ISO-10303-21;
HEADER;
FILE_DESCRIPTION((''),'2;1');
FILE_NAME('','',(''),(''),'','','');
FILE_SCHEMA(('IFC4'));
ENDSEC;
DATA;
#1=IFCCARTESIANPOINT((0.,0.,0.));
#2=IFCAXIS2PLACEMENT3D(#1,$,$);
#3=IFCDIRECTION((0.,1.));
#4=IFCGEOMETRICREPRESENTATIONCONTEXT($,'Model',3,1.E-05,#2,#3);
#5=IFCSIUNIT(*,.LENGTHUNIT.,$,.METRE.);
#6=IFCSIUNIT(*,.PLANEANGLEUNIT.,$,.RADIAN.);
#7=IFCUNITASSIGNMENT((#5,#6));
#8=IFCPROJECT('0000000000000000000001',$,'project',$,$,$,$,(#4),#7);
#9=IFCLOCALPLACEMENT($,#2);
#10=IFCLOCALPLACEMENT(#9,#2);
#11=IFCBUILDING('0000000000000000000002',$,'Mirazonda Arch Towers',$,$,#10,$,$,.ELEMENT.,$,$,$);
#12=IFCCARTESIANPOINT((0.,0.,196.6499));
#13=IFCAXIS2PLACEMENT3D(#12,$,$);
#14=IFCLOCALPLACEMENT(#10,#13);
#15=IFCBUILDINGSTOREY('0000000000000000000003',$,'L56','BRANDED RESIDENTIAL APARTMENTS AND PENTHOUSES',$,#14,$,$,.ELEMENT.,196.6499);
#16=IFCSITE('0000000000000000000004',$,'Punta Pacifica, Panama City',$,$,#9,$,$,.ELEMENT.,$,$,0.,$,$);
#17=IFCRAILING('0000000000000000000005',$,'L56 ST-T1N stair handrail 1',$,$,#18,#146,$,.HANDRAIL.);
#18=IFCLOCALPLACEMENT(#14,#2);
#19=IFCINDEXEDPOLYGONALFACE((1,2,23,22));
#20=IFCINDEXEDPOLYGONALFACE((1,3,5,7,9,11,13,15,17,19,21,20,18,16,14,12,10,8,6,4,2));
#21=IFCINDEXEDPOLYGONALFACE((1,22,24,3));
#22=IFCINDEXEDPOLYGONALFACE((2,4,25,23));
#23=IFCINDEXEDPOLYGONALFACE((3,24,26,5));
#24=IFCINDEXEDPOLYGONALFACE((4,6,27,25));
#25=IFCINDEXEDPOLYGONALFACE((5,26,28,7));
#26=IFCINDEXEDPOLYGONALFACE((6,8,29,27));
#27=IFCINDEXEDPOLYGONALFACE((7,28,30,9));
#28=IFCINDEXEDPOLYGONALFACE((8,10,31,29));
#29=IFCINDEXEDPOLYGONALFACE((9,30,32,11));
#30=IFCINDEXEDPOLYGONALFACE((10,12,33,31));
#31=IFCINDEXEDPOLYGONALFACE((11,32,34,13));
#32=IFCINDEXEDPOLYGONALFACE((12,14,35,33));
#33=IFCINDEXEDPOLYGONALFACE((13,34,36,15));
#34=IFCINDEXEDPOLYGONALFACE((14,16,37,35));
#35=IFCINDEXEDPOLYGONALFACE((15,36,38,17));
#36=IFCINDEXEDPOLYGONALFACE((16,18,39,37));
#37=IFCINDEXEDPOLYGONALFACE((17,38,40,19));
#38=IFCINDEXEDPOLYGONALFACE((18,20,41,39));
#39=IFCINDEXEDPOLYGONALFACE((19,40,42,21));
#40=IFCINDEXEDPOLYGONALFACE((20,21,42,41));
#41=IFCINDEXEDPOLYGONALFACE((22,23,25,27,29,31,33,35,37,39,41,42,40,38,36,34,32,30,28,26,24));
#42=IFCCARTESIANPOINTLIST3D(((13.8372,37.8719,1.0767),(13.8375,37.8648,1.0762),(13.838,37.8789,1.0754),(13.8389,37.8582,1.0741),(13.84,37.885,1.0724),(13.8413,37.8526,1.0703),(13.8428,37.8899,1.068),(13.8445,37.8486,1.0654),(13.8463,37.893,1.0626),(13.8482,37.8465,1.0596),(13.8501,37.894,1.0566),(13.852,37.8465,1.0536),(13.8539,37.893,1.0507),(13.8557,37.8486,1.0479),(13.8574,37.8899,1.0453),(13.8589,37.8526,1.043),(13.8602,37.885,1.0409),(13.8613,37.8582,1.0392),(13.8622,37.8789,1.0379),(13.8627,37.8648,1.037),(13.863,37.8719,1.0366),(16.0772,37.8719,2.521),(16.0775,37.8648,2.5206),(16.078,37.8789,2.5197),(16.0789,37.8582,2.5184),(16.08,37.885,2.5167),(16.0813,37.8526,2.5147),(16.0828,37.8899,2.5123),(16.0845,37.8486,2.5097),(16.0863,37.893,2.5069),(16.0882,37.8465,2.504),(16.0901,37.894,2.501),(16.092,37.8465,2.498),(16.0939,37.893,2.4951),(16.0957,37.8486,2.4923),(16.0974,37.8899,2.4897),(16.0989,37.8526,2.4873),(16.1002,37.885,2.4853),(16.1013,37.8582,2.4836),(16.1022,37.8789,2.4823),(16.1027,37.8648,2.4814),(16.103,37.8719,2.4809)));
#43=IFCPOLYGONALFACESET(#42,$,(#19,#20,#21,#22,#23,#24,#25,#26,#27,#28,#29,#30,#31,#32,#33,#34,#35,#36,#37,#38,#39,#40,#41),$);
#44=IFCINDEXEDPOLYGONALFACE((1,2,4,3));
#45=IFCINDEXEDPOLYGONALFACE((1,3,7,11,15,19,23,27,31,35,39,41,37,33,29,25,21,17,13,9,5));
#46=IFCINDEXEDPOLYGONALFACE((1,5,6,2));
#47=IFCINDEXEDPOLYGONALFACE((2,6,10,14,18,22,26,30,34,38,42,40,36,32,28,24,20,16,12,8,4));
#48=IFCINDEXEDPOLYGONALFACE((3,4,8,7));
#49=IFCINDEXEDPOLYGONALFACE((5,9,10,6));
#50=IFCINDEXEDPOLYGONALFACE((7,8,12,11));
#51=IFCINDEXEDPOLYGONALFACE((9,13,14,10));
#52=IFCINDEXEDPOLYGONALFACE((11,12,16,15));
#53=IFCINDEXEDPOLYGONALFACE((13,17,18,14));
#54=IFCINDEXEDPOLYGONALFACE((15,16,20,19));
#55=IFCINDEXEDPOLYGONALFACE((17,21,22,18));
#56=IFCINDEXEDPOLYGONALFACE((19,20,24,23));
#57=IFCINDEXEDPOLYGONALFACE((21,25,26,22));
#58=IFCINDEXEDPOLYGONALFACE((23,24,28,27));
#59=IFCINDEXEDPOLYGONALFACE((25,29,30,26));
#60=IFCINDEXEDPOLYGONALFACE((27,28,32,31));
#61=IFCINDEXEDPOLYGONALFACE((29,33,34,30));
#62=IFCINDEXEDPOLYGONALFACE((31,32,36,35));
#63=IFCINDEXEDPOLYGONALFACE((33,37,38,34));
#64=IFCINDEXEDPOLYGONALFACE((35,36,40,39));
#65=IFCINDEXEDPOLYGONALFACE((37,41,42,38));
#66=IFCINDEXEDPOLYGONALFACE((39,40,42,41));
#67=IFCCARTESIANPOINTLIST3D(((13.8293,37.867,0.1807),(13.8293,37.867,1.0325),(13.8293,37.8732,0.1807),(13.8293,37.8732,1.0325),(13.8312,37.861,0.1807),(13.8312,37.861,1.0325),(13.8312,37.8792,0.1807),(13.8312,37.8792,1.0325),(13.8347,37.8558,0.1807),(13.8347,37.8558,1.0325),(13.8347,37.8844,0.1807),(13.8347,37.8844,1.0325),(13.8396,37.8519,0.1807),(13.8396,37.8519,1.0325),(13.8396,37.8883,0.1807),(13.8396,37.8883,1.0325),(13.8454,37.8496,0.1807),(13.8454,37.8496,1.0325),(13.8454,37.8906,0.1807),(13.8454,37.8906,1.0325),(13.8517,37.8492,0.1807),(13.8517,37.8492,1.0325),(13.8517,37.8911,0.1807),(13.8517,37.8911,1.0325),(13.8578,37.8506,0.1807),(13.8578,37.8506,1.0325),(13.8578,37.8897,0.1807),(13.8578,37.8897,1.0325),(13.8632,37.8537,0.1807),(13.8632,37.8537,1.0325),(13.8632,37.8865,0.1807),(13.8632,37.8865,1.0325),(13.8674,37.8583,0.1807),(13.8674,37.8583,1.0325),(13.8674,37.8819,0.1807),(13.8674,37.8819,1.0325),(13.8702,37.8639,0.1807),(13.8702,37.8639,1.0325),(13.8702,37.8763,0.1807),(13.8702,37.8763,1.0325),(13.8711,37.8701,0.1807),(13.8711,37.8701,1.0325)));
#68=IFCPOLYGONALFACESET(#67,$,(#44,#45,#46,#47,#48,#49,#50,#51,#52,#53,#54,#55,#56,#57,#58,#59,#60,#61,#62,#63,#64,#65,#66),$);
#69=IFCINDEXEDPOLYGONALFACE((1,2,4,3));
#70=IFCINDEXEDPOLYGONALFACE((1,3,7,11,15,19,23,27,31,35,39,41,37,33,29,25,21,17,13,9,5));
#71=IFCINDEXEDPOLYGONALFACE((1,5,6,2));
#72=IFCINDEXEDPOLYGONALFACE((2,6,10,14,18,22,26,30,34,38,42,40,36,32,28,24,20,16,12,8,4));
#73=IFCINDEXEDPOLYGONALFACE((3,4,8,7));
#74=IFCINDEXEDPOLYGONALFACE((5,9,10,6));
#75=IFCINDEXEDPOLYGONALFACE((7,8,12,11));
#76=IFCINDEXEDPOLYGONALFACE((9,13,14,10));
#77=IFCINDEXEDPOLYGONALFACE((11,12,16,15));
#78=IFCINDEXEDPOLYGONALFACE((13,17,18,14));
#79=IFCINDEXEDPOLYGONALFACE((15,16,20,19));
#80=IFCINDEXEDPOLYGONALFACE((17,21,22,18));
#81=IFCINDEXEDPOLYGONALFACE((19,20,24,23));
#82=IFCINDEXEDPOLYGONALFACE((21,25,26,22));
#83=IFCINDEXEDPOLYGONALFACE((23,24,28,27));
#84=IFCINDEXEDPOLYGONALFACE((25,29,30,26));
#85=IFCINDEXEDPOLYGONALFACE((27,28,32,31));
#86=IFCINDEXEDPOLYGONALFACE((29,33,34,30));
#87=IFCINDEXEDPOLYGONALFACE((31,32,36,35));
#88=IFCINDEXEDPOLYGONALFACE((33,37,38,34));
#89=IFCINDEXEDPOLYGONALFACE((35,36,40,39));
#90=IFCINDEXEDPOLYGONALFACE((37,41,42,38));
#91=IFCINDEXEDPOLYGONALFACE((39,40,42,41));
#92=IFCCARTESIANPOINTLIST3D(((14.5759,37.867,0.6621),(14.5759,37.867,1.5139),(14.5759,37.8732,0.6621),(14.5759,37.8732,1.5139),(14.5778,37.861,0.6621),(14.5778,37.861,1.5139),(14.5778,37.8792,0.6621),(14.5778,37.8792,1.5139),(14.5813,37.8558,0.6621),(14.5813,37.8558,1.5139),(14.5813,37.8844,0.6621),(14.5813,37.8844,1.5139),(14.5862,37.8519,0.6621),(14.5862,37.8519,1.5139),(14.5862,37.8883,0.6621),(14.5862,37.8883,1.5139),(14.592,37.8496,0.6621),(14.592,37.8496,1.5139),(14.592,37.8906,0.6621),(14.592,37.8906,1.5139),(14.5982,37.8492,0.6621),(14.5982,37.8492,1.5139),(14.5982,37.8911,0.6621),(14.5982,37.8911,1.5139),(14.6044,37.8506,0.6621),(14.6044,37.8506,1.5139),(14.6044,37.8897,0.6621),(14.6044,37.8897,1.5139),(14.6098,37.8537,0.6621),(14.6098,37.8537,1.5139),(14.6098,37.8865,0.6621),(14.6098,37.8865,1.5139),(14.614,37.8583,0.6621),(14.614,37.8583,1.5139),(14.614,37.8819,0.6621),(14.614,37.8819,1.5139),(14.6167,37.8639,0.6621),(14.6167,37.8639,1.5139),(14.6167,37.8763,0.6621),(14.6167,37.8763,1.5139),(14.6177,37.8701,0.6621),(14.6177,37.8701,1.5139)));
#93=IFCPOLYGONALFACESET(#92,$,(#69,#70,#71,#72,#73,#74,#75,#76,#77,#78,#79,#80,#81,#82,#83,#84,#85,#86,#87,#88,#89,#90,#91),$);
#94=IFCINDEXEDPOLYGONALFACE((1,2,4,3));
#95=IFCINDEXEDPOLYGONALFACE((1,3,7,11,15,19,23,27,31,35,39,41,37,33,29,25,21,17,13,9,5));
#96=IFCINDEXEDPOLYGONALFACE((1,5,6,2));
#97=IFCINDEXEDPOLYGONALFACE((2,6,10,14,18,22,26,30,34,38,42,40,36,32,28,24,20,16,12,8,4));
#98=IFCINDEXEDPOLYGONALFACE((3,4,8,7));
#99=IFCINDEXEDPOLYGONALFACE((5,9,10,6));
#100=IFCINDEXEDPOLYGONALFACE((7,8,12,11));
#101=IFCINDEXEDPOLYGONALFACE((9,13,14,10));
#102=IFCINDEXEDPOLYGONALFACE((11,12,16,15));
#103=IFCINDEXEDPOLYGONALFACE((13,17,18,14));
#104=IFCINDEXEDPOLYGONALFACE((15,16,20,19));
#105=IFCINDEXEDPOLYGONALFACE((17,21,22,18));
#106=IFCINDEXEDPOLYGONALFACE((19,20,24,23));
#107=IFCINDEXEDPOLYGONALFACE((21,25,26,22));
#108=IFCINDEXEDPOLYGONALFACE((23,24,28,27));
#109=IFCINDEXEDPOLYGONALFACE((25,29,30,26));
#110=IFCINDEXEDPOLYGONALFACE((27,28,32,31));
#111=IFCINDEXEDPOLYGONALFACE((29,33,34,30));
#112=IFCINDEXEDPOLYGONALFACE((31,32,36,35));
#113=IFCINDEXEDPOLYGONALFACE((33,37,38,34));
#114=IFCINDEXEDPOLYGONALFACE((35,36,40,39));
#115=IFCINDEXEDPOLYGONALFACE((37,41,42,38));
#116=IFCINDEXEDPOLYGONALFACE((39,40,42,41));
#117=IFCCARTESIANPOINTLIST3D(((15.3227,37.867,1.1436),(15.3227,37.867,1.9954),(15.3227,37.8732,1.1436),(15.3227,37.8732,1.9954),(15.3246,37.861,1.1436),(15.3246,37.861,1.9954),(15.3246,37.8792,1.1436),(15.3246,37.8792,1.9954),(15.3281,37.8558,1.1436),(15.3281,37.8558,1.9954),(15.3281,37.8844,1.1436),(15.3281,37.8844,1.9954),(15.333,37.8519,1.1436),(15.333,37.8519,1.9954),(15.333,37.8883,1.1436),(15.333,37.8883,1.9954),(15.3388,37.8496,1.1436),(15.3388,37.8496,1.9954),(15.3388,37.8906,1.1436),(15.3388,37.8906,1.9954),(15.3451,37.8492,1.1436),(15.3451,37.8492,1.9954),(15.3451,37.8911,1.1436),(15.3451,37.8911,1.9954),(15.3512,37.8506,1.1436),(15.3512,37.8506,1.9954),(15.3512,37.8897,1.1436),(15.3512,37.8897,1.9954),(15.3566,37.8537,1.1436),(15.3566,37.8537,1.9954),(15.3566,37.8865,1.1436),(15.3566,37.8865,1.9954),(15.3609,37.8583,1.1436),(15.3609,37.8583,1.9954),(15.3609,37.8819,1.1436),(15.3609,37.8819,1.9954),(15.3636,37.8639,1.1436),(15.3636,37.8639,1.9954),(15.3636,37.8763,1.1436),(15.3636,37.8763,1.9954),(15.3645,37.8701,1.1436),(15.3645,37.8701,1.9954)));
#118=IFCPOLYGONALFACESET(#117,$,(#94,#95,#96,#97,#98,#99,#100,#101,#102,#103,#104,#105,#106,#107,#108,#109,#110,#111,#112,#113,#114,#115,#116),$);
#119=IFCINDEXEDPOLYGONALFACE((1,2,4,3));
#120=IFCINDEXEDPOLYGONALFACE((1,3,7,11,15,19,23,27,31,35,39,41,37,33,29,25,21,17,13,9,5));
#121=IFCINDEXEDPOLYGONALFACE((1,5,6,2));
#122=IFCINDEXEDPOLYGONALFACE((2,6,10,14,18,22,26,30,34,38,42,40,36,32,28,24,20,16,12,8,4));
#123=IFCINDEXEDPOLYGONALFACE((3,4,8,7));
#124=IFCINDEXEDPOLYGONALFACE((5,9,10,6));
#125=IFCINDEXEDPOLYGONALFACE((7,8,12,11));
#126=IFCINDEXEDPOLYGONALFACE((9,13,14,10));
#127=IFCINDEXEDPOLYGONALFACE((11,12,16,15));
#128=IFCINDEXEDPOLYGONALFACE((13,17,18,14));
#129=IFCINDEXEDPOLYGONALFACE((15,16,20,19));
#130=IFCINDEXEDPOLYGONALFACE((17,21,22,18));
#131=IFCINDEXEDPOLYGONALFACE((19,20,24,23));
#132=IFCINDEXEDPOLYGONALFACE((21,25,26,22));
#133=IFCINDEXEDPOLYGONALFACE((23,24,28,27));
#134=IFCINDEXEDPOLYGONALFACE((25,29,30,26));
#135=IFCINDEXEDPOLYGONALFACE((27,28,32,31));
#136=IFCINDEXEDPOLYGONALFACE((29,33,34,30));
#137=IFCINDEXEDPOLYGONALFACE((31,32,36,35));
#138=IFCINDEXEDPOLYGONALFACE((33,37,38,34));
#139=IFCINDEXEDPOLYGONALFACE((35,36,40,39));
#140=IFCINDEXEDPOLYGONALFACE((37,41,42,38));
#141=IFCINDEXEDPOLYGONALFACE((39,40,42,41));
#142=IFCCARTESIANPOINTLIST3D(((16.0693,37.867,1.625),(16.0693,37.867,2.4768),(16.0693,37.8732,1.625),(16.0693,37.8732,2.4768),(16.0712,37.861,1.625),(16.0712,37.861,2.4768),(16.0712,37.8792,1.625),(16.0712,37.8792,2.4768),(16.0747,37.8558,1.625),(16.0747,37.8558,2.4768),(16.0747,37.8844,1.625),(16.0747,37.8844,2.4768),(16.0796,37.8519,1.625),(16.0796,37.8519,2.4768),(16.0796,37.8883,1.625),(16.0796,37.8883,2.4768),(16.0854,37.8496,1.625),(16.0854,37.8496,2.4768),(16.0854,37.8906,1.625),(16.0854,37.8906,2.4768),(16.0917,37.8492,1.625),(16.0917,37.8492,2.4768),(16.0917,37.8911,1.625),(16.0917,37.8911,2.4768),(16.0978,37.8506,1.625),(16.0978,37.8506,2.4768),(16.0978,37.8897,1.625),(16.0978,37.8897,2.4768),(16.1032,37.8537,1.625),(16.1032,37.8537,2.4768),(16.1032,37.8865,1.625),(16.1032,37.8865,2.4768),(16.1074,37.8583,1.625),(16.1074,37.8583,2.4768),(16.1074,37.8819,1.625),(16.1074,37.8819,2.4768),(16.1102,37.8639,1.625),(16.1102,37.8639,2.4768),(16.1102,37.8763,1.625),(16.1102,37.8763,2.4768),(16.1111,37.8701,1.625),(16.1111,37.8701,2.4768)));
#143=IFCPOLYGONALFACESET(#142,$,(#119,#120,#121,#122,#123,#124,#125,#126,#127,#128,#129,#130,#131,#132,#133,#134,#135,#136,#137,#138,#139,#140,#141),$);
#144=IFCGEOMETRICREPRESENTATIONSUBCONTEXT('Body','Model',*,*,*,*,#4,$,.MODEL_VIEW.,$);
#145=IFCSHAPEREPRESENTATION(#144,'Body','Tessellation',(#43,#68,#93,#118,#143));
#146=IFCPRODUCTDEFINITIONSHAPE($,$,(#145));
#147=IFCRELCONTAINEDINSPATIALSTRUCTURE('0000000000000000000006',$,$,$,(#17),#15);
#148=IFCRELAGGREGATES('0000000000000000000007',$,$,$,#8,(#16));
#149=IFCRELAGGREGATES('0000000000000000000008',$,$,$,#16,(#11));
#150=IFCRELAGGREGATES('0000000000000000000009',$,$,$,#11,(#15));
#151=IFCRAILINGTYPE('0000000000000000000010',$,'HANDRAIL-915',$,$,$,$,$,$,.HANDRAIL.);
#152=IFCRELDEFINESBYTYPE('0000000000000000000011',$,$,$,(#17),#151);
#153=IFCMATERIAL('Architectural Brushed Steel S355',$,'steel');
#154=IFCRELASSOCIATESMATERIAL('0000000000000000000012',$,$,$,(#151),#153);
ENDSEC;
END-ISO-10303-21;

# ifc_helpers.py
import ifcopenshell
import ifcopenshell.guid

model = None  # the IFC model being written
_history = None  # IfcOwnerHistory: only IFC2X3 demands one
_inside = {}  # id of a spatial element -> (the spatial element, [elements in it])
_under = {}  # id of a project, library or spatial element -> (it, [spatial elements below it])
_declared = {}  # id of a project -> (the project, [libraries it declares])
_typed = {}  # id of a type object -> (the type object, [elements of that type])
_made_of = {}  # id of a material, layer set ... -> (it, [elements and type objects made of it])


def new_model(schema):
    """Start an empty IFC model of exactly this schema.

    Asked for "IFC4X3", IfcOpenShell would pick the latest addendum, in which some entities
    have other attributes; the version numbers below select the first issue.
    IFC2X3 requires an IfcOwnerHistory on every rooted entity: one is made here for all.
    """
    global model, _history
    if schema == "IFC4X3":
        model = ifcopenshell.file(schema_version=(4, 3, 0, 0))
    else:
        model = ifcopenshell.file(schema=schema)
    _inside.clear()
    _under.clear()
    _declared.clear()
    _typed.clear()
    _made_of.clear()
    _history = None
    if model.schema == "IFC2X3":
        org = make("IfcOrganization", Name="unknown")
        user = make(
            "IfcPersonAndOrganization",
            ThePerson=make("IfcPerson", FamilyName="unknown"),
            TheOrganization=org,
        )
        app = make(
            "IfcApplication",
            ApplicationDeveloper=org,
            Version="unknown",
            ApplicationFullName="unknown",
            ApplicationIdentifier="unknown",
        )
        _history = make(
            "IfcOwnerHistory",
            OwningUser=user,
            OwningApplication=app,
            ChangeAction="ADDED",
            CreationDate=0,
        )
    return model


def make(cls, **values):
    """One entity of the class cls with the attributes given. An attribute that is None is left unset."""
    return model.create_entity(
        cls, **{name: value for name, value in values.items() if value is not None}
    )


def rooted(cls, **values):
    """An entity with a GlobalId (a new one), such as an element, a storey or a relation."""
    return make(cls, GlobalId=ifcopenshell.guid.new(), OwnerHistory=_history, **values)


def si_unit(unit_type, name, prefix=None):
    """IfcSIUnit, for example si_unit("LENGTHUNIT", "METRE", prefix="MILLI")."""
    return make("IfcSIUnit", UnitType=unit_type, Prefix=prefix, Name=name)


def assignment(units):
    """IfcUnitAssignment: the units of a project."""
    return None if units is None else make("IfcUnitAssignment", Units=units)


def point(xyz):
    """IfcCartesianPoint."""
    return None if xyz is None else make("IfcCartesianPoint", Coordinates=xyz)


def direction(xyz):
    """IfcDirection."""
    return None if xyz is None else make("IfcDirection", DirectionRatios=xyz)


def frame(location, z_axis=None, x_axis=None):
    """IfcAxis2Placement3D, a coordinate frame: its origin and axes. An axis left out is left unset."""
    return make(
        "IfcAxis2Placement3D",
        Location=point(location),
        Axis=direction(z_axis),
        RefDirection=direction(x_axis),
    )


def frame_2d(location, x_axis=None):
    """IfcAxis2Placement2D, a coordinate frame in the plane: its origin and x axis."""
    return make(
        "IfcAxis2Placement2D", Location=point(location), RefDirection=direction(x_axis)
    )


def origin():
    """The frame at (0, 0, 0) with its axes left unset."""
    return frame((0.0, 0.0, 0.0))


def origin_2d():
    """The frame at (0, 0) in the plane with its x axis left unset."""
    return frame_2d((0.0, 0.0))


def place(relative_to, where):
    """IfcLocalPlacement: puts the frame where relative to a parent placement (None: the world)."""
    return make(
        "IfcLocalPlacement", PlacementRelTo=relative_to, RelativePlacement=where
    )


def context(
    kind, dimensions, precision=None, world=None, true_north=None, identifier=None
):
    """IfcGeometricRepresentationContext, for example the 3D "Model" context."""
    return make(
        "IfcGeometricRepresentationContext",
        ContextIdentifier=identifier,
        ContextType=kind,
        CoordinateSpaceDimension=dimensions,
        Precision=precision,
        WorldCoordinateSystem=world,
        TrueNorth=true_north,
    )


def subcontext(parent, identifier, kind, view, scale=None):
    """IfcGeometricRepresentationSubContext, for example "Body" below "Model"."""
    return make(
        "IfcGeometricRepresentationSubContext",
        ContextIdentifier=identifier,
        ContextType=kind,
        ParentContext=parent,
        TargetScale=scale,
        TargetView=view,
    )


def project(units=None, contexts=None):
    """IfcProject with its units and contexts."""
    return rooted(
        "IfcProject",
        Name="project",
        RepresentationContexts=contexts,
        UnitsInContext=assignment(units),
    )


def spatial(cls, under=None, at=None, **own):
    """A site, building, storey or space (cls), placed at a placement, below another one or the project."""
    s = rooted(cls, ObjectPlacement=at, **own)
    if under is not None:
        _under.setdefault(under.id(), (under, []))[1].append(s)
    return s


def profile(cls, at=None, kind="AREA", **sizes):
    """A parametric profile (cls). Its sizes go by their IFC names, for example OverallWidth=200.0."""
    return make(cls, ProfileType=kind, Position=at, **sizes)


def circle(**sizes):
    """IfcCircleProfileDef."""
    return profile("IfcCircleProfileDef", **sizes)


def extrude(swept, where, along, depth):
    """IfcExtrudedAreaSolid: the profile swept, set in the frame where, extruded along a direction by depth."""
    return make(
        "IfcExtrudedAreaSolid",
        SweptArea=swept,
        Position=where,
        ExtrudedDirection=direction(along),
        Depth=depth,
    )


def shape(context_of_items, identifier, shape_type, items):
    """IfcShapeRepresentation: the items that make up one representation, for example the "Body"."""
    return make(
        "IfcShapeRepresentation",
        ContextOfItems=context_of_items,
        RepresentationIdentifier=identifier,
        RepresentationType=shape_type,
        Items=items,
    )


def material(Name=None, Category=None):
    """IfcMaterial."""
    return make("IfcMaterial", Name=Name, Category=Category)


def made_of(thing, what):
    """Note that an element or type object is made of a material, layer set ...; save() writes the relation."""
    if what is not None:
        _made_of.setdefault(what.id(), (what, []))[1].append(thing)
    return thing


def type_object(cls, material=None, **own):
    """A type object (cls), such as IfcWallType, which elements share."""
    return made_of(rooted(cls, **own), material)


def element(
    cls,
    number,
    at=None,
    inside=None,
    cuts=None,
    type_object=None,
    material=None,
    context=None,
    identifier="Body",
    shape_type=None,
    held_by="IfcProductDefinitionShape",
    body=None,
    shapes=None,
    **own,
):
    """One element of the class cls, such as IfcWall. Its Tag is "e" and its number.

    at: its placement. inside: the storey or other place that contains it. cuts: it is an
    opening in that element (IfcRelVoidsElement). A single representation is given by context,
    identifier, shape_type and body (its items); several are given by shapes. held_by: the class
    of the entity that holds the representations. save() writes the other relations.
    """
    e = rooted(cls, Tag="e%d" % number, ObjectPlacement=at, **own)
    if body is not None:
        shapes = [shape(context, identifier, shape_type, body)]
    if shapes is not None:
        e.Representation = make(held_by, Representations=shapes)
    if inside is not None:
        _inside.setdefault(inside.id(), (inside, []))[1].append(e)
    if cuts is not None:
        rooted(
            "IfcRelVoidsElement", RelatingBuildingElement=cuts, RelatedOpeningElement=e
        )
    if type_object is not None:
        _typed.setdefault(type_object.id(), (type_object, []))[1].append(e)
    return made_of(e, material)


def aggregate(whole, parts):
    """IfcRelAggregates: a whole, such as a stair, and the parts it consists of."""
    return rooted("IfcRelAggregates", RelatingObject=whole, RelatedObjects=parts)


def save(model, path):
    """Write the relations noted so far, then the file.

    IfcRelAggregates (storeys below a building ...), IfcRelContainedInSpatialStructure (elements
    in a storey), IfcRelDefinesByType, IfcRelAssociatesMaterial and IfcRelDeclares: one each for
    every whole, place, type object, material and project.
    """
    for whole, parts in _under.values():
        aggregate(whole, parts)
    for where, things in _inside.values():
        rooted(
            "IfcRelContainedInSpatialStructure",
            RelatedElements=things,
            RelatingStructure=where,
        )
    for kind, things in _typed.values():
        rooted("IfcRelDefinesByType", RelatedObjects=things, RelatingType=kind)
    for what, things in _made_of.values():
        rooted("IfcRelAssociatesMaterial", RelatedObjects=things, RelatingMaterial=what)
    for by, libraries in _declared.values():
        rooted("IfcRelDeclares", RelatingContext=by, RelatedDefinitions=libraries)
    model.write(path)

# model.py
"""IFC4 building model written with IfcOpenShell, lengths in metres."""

from ifc_helpers import new_model, si_unit, direction, frame, origin, origin_2d, place, context, subcontext, project, spatial, circle, extrude, material, type_object, element, save


model = new_model("IFC4")

# Units and contexts
model_context = context("Model", 3, precision=1e-05, world=origin(), true_north=direction((0.0, 1.0)))
body_context = subcontext(model_context, "Body", "Model", "MODEL_VIEW")
ifc_project = project(units=[si_unit("LENGTHUNIT", "METRE"), si_unit("PLANEANGLEUNIT", "RADIAN")], contexts=[model_context])

# Site, building, storey
site_placement = place(None, origin())
site = spatial("IfcSite", under=ifc_project, at=site_placement, Name="Punta Pacifica, Panama City", CompositionType="ELEMENT", RefElevation=0.0)
building_placement = place(site_placement, origin())
building = spatial("IfcBuilding", under=site, at=building_placement, Name="Mirazonda Arch Towers", CompositionType="ELEMENT")
storey_placement = place(building_placement, frame((0.0, 0.0, 196.6499)))
storey = spatial("IfcBuildingStorey", under=building, at=storey_placement, Name="L56", Description="BRANDED RESIDENTIAL APARTMENTS AND PENTHOUSES", CompositionType="ELEMENT", Elevation=196.6499)

# Shared definitions
ifc_material_1 = material(Name="Architectural Brushed Steel S355", Category="steel")

# Railing
railing_type_1 = type_object("IfcRailingType", Name="HANDRAIL-915", PredefinedType="HANDRAIL", material=ifc_material_1)
railing_1_placement = place(storey_placement, frame((13.8501, 37.8701, 0.1807)))
element("IfcRailing", 1, at=railing_1_placement, inside=storey, type_object=railing_type_1, Name="L56 ST-T1N stair handrail 1", PredefinedType="HANDRAIL", context=body_context, shape_type="SweptSolid", body=[
    extrude(circle(Radius=0.0239, at=origin_2d()), frame((0.0, 0.0, 0.876), z_axis=(0.840437, 0.0, 0.54191), x_axis=(0.0, 1.0, 0.0)), (0.0, 0.0, 1.0), 2.6653),
    extrude(circle(Radius=0.021, at=origin_2d()), origin(), (0.0, 0.0, 1.0), 0.8518),
    extrude(circle(Radius=0.021, at=origin_2d()), frame((0.7466, 0.0, 0.4814)), (0.0, 0.0, 1.0), 0.8518),
    extrude(circle(Radius=0.021, at=origin_2d()), frame((1.4934, 0.0, 0.9629)), (0.0, 0.0, 1.0), 0.8518),
    extrude(circle(Radius=0.021, at=origin_2d()), frame((2.24, 0.0, 1.4443)), (0.0, 0.0, 1.0), 0.8518),
])

save(model, "model.ifc")
